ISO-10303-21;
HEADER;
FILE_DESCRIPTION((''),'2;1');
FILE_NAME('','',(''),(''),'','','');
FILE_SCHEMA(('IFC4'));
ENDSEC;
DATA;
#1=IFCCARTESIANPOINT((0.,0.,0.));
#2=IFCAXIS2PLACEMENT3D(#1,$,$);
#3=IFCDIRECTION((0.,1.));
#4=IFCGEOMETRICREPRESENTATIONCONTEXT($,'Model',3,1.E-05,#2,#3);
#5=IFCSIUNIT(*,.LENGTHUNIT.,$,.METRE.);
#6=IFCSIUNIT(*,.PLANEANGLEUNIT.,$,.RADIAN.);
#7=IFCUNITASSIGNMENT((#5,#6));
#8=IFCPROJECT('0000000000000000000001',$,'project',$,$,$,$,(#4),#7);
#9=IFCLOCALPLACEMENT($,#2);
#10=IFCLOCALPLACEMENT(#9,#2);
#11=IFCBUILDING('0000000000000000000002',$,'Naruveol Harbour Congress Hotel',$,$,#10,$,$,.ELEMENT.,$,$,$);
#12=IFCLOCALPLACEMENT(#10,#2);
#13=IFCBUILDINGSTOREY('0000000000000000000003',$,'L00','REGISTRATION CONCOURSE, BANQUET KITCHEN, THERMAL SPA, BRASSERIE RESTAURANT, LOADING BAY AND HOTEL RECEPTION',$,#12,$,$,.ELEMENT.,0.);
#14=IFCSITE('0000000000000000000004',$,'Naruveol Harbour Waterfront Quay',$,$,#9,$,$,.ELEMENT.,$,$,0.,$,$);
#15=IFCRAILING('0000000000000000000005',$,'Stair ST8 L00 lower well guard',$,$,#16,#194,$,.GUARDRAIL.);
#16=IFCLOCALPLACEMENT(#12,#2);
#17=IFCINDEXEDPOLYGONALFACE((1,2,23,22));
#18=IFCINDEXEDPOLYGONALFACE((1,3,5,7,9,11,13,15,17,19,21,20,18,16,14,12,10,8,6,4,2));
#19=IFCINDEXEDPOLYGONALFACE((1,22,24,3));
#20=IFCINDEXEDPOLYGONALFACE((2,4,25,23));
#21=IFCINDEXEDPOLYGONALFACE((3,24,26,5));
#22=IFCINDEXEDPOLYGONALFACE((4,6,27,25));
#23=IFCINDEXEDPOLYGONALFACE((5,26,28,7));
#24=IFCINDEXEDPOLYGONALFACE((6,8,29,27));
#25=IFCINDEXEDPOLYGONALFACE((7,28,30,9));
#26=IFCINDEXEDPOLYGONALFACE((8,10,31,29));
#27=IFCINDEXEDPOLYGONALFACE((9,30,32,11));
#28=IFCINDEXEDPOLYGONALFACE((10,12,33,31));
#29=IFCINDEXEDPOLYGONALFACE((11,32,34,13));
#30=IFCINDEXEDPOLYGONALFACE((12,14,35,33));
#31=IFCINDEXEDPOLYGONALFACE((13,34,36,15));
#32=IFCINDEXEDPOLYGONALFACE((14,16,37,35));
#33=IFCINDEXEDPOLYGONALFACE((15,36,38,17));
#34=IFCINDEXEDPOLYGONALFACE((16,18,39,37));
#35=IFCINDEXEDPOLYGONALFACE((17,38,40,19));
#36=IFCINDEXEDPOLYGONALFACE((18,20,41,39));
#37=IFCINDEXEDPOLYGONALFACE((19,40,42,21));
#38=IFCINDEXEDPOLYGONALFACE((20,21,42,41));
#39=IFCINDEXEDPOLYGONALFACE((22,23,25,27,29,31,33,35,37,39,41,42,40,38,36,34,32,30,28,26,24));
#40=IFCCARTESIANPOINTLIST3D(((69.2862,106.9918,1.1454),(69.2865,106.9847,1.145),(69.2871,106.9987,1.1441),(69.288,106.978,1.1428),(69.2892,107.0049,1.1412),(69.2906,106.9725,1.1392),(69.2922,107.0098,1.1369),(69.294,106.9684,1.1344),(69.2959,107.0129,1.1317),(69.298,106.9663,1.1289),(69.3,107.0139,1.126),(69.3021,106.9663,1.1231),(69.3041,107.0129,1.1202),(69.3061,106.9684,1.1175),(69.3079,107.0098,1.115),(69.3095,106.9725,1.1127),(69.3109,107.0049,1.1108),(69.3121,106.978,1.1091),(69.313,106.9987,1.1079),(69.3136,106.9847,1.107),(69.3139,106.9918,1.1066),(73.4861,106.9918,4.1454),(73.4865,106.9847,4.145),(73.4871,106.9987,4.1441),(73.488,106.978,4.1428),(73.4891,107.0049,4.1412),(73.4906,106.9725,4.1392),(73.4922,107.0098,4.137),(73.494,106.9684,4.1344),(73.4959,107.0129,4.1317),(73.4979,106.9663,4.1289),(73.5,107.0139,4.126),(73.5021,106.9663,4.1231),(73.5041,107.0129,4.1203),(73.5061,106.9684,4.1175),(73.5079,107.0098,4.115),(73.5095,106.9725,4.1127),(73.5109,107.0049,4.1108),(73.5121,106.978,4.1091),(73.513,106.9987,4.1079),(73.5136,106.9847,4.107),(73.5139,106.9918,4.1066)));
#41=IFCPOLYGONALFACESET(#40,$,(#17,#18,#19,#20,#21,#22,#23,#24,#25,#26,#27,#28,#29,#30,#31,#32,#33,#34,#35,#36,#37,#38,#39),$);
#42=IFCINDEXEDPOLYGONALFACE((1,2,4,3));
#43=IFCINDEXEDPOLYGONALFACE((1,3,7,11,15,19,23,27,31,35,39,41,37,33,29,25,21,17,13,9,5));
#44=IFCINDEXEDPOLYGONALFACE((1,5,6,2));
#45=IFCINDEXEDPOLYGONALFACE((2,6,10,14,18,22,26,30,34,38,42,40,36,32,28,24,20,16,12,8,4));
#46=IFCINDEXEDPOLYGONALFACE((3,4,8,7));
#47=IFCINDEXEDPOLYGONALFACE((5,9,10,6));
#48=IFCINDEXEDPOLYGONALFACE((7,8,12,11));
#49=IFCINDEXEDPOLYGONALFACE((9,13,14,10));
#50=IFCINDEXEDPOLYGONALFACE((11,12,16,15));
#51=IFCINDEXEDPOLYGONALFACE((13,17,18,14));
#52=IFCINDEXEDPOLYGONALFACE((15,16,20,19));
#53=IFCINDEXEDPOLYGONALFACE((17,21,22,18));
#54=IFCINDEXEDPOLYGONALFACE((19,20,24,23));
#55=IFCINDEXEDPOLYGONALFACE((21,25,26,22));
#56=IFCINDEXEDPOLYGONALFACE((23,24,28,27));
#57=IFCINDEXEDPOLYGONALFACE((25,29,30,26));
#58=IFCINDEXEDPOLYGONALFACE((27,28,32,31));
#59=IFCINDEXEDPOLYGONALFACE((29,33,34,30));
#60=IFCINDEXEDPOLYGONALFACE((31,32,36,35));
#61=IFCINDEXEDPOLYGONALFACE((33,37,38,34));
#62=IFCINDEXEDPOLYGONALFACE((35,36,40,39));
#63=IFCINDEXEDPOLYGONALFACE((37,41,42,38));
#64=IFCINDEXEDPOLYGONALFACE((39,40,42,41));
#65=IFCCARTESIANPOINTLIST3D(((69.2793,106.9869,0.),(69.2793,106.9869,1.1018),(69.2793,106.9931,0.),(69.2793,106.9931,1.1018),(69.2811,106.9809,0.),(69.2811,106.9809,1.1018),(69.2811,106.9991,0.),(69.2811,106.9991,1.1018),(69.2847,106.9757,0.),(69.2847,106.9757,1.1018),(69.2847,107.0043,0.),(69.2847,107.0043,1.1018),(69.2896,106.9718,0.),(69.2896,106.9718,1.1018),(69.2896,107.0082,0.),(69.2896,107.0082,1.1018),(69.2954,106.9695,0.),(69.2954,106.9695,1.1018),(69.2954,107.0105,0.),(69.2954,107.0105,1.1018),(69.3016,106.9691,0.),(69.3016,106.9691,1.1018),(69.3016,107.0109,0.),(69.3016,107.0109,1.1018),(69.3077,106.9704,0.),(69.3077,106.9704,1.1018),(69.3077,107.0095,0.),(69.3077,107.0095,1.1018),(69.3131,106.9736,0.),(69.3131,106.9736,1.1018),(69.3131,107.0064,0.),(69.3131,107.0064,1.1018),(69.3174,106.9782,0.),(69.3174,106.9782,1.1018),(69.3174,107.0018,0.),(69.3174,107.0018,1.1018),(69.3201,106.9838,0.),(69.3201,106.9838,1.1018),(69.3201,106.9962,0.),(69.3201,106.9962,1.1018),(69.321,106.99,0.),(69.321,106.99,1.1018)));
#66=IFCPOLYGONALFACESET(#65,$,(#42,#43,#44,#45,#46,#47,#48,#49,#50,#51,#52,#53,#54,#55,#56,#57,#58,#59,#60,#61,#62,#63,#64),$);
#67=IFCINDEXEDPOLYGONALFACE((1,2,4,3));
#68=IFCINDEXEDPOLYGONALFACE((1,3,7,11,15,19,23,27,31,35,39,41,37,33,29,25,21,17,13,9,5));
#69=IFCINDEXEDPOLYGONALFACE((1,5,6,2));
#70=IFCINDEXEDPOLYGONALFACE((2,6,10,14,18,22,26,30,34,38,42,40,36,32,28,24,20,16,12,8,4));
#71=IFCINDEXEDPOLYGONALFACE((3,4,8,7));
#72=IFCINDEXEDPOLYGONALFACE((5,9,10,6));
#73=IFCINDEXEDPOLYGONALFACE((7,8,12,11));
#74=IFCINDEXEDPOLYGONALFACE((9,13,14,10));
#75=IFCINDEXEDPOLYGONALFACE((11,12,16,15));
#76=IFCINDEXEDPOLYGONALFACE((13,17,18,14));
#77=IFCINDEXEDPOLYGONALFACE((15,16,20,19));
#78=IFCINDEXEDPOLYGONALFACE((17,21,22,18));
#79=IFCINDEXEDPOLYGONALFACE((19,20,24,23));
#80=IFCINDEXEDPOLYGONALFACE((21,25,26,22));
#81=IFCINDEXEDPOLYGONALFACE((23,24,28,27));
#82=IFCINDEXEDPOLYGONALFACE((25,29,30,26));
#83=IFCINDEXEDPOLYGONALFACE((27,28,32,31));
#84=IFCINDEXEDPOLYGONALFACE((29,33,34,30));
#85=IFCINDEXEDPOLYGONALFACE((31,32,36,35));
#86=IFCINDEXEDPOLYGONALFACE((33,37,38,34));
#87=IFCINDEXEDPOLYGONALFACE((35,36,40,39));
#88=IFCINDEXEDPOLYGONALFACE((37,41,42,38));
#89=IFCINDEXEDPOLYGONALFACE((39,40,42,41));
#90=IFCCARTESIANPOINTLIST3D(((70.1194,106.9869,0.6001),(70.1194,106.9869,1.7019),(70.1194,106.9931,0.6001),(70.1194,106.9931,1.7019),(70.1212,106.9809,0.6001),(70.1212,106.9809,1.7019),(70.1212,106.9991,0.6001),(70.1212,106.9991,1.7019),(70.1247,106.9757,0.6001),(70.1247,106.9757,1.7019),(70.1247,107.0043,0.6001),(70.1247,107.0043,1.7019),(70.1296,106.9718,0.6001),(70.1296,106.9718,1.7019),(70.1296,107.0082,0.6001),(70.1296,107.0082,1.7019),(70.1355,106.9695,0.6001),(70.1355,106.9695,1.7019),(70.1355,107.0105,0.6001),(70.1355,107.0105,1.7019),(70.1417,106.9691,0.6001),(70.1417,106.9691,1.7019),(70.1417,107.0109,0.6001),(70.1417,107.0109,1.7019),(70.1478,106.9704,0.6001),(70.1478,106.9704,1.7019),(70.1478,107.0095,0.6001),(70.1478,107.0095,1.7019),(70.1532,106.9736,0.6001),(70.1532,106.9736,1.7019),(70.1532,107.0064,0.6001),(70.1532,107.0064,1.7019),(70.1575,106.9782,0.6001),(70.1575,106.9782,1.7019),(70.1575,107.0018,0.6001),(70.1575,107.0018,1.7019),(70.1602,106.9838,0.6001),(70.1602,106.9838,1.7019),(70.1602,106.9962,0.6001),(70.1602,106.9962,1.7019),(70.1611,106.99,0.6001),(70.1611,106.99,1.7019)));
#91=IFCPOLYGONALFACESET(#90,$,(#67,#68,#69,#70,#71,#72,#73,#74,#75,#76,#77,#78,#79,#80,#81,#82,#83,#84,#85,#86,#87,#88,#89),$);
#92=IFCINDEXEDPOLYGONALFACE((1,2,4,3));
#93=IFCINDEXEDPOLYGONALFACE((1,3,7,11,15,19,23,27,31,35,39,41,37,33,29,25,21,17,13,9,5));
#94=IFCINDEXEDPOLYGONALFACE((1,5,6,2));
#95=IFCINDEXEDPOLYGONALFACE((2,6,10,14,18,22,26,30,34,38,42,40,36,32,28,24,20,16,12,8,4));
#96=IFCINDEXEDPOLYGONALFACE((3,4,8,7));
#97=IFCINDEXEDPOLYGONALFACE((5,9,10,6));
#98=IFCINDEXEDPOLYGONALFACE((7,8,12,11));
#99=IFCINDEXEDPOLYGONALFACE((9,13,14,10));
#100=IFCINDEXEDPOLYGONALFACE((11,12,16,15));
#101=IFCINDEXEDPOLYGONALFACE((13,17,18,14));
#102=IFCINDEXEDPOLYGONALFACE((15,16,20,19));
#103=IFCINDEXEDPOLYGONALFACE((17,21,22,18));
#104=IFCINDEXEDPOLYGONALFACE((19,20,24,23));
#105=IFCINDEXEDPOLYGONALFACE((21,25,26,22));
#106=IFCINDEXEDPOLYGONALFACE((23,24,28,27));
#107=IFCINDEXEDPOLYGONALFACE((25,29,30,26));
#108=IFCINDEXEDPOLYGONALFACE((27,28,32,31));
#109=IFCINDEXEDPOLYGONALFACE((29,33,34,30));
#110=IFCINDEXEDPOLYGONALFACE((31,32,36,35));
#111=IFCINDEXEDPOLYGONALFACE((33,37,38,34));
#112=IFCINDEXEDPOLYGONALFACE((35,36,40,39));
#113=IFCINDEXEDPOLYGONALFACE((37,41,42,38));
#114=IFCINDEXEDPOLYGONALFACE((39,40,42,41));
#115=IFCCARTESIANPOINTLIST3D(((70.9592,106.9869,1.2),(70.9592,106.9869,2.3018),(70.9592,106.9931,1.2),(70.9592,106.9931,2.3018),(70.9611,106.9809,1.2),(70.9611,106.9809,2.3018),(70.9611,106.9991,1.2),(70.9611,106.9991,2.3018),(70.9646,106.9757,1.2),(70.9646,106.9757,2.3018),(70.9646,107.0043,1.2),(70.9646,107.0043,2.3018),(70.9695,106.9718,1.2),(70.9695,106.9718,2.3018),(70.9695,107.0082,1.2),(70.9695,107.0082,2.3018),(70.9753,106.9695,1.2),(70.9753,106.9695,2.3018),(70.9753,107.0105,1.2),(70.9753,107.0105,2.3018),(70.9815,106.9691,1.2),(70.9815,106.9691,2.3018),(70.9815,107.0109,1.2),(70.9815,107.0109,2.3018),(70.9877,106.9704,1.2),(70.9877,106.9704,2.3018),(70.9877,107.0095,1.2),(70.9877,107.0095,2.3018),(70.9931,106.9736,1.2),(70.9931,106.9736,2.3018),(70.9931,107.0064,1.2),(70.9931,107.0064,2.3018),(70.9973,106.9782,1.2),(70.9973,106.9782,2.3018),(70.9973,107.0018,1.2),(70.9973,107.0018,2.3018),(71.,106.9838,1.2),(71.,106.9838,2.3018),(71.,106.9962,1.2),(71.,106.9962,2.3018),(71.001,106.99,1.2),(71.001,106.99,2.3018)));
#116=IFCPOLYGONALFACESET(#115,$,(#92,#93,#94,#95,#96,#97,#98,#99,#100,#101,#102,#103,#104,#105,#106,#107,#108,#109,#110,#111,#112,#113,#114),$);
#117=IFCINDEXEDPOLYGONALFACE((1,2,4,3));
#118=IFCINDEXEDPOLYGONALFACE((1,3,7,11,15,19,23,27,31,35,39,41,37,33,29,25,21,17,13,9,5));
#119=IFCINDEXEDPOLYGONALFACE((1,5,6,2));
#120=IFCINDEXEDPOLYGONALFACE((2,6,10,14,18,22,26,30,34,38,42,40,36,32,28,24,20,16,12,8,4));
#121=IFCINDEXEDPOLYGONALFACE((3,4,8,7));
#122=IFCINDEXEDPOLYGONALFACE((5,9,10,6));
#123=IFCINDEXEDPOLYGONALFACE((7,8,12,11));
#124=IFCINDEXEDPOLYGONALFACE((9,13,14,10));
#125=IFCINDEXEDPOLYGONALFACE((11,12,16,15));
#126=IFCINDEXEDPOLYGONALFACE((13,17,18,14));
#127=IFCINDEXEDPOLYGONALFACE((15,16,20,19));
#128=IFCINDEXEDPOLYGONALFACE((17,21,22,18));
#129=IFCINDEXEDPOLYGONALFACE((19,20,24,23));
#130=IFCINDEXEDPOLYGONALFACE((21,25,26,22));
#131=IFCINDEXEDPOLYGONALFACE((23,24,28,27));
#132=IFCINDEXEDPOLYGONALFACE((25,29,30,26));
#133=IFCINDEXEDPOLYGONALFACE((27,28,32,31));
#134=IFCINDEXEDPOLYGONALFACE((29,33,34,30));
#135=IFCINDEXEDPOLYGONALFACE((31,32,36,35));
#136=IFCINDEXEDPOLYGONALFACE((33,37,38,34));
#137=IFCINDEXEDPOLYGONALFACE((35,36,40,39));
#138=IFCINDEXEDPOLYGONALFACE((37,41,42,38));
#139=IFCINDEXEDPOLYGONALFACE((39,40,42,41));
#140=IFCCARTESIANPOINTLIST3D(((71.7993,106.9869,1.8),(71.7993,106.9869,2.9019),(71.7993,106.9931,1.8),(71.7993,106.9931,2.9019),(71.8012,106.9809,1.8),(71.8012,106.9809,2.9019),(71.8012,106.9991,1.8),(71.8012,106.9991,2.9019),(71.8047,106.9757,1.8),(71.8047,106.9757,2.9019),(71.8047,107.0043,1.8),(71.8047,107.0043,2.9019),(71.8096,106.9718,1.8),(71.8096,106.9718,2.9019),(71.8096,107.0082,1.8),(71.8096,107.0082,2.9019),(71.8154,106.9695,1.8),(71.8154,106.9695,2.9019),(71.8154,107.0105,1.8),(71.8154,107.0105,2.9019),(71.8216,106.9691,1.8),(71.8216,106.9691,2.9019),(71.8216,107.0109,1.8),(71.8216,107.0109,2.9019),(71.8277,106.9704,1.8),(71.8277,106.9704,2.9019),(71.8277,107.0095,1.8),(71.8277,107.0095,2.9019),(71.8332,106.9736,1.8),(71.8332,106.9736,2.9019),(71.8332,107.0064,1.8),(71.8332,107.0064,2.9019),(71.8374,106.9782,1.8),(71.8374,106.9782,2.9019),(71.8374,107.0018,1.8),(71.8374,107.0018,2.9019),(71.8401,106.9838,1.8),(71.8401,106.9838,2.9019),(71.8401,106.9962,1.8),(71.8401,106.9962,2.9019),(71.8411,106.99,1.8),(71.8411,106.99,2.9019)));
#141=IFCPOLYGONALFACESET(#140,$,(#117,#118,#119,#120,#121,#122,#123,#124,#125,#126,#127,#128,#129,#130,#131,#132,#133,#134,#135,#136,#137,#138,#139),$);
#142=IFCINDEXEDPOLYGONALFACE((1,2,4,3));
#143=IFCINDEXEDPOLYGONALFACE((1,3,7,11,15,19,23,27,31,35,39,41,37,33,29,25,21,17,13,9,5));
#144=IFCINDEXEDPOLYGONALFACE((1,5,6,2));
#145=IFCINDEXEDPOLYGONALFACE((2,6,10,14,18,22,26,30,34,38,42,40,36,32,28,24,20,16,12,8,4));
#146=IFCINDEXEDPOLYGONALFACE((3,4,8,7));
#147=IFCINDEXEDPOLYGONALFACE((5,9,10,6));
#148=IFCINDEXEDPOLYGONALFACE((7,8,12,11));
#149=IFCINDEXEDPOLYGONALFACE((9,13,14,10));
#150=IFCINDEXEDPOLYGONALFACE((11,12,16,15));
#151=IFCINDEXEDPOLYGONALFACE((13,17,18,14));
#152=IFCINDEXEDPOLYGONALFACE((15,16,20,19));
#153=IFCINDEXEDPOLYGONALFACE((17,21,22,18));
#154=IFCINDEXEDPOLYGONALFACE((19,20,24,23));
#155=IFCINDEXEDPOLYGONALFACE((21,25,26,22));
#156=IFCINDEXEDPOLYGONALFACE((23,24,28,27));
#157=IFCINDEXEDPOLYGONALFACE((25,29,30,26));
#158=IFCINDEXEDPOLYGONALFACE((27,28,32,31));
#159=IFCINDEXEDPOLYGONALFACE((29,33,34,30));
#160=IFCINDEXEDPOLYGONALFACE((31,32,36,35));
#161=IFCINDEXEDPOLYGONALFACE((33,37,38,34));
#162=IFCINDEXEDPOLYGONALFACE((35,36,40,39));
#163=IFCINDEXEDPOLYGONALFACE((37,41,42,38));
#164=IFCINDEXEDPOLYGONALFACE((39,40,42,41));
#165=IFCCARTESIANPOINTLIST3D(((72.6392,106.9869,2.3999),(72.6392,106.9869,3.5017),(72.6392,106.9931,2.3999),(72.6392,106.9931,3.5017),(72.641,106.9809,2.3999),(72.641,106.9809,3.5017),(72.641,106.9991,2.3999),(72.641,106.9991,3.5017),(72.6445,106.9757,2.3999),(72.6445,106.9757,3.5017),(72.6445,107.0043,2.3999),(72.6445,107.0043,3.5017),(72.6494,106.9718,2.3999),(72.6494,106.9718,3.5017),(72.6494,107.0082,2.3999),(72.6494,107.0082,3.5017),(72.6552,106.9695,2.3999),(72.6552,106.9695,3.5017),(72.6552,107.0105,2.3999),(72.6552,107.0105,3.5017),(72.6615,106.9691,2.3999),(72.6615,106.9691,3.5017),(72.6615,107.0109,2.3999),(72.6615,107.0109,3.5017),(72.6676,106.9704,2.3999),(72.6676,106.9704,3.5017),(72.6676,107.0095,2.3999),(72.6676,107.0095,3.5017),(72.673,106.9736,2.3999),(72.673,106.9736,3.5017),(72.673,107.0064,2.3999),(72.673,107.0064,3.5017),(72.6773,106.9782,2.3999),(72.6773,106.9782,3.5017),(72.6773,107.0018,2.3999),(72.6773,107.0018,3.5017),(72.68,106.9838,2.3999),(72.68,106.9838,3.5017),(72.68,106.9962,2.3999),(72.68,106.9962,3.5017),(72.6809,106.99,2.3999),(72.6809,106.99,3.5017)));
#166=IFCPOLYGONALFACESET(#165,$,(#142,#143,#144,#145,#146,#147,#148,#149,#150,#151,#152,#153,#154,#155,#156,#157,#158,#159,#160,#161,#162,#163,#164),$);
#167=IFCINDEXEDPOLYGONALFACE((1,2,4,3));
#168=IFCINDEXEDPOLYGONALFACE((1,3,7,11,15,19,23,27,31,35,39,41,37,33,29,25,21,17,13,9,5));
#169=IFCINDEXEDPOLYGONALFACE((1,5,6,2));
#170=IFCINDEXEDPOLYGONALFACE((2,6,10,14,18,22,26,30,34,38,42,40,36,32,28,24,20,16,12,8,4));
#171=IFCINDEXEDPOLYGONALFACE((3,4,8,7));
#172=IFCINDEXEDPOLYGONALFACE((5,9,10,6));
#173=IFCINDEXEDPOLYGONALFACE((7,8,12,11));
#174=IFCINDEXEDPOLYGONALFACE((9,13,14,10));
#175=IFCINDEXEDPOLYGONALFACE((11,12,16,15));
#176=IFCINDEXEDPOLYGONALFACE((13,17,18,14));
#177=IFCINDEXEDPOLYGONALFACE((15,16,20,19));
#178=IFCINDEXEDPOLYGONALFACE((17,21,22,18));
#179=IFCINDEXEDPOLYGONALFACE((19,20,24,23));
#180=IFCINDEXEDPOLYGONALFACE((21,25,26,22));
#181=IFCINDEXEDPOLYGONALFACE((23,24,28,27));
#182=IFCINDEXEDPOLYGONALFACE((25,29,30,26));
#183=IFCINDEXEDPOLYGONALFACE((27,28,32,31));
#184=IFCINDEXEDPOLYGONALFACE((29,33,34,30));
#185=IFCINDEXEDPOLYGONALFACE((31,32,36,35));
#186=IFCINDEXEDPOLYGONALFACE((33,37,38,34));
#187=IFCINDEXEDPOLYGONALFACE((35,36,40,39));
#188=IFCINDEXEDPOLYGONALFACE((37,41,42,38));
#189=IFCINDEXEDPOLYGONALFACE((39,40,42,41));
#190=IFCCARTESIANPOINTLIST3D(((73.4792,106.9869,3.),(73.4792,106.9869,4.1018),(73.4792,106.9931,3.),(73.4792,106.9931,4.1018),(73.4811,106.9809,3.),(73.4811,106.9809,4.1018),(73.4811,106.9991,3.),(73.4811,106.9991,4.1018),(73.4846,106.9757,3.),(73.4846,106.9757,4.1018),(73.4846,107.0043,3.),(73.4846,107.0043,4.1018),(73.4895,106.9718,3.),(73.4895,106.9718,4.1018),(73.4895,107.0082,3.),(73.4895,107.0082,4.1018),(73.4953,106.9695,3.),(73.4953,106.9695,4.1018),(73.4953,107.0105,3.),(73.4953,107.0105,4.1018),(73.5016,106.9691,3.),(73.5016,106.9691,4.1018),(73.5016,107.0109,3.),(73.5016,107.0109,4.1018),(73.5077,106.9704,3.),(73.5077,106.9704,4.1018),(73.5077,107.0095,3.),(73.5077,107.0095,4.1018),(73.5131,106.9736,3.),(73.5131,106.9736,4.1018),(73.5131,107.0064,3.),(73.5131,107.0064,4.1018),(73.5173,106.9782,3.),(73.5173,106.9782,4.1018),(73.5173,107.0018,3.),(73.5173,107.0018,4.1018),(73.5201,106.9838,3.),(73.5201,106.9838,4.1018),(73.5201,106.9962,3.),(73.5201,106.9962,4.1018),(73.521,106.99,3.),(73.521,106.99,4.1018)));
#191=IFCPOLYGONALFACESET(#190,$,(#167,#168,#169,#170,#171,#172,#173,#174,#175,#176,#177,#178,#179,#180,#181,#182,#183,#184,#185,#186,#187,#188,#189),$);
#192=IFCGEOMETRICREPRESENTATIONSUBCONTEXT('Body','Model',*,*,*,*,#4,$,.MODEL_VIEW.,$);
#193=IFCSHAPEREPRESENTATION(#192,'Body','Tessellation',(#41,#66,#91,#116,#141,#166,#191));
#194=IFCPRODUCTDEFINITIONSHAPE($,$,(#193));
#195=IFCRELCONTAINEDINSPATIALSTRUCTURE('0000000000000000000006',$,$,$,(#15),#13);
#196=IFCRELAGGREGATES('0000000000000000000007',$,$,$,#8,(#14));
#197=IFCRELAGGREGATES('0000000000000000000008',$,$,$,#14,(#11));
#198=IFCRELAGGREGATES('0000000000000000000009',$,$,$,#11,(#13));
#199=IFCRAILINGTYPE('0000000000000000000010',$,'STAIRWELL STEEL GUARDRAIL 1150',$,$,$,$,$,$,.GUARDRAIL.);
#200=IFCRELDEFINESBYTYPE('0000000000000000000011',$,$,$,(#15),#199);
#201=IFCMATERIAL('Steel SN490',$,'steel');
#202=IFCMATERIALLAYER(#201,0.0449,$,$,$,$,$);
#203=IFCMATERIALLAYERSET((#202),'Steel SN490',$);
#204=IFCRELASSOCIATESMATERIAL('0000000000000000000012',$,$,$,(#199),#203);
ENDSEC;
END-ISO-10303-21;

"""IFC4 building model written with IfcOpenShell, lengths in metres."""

from ifc_helpers import new_model, si_unit, direction, frame, origin, origin_2d, place, context, subcontext, project, spatial, circle, extrude, material, layer, layer_set, type_object, element, save


model = new_model("IFC4")

# Units and contexts
model_context = context("Model", 3, precision=1e-05, world=origin(), true_north=direction((0.0, 1.0)))
body_context = subcontext(model_context, "Body", "Model", "MODEL_VIEW")
ifc_project = project(units=[si_unit("LENGTHUNIT", "METRE"), si_unit("PLANEANGLEUNIT", "RADIAN")], contexts=[model_context])

# Site, building, storey
site_placement = place(None, origin())
site = spatial("IfcSite", under=ifc_project, at=site_placement, Name="Naruveol Harbour Waterfront Quay", CompositionType="ELEMENT", RefElevation=0.0)
building_placement = place(site_placement, origin())
building = spatial("IfcBuilding", under=site, at=building_placement, Name="Naruveol Harbour Congress Hotel", CompositionType="ELEMENT")
storey_placement = place(building_placement, origin())
storey = spatial("IfcBuildingStorey", under=building, at=storey_placement, Name="L00", Description="REGISTRATION CONCOURSE, BANQUET KITCHEN, THERMAL SPA, BRASSERIE RESTAURANT, LOADING BAY AND HOTEL RECEPTION", CompositionType="ELEMENT", Elevation=0.0)

# Railing
ifc_material_1 = material(Name="Steel SN490", Category="steel")
ifc_layer_1 = layer(ifc_material_1, 0.0449)
ifc_layer_set_1 = layer_set([ifc_layer_1], Name="Steel SN490")
railing_type_1 = type_object("IfcRailingType", Name="STAIRWELL STEEL GUARDRAIL 1150", PredefinedType="GUARDRAIL", material=ifc_layer_set_1)
railing_1_placement = place(storey_placement, frame((69.3, 106.99, 0.0)))
element("IfcRailing", 1, at=railing_1_placement, inside=storey, type_object=railing_type_1, Name="Stair ST8 L00 lower well guard", PredefinedType="GUARDRAIL", context=body_context, shape_type="SweptSolid", body=[
    extrude(circle(Radius=0.0239, at=origin_2d()), frame((0.0, 0.0, 1.126), z_axis=(0.81373, 0.0, 0.581243), x_axis=(0.0, 1.0, 0.0)), (0.0, 0.0, 1.0), 5.1614),
    extrude(circle(Radius=0.021, at=origin_2d()), origin(), (0.0, 0.0, 1.0), 1.1018),
    extrude(circle(Radius=0.021, at=origin_2d()), frame((0.8401, 0.0, 0.6001)), (0.0, 0.0, 1.0), 1.1018),
    extrude(circle(Radius=0.021, at=origin_2d()), frame((1.6799, 0.0, 1.2)), (0.0, 0.0, 1.0), 1.1018),
    extrude(circle(Radius=0.021, at=origin_2d()), frame((2.52, 0.0, 1.8)), (0.0, 0.0, 1.0), 1.1018),
    extrude(circle(Radius=0.021, at=origin_2d()), frame((3.3599, 0.0, 2.3999)), (0.0, 0.0, 1.0), 1.1018),
    extrude(circle(Radius=0.021, at=origin_2d()), frame((4.2, 0.0, 3.0)), (0.0, 0.0, 1.0), 1.1018),
])

save(model, "model.ifc")
